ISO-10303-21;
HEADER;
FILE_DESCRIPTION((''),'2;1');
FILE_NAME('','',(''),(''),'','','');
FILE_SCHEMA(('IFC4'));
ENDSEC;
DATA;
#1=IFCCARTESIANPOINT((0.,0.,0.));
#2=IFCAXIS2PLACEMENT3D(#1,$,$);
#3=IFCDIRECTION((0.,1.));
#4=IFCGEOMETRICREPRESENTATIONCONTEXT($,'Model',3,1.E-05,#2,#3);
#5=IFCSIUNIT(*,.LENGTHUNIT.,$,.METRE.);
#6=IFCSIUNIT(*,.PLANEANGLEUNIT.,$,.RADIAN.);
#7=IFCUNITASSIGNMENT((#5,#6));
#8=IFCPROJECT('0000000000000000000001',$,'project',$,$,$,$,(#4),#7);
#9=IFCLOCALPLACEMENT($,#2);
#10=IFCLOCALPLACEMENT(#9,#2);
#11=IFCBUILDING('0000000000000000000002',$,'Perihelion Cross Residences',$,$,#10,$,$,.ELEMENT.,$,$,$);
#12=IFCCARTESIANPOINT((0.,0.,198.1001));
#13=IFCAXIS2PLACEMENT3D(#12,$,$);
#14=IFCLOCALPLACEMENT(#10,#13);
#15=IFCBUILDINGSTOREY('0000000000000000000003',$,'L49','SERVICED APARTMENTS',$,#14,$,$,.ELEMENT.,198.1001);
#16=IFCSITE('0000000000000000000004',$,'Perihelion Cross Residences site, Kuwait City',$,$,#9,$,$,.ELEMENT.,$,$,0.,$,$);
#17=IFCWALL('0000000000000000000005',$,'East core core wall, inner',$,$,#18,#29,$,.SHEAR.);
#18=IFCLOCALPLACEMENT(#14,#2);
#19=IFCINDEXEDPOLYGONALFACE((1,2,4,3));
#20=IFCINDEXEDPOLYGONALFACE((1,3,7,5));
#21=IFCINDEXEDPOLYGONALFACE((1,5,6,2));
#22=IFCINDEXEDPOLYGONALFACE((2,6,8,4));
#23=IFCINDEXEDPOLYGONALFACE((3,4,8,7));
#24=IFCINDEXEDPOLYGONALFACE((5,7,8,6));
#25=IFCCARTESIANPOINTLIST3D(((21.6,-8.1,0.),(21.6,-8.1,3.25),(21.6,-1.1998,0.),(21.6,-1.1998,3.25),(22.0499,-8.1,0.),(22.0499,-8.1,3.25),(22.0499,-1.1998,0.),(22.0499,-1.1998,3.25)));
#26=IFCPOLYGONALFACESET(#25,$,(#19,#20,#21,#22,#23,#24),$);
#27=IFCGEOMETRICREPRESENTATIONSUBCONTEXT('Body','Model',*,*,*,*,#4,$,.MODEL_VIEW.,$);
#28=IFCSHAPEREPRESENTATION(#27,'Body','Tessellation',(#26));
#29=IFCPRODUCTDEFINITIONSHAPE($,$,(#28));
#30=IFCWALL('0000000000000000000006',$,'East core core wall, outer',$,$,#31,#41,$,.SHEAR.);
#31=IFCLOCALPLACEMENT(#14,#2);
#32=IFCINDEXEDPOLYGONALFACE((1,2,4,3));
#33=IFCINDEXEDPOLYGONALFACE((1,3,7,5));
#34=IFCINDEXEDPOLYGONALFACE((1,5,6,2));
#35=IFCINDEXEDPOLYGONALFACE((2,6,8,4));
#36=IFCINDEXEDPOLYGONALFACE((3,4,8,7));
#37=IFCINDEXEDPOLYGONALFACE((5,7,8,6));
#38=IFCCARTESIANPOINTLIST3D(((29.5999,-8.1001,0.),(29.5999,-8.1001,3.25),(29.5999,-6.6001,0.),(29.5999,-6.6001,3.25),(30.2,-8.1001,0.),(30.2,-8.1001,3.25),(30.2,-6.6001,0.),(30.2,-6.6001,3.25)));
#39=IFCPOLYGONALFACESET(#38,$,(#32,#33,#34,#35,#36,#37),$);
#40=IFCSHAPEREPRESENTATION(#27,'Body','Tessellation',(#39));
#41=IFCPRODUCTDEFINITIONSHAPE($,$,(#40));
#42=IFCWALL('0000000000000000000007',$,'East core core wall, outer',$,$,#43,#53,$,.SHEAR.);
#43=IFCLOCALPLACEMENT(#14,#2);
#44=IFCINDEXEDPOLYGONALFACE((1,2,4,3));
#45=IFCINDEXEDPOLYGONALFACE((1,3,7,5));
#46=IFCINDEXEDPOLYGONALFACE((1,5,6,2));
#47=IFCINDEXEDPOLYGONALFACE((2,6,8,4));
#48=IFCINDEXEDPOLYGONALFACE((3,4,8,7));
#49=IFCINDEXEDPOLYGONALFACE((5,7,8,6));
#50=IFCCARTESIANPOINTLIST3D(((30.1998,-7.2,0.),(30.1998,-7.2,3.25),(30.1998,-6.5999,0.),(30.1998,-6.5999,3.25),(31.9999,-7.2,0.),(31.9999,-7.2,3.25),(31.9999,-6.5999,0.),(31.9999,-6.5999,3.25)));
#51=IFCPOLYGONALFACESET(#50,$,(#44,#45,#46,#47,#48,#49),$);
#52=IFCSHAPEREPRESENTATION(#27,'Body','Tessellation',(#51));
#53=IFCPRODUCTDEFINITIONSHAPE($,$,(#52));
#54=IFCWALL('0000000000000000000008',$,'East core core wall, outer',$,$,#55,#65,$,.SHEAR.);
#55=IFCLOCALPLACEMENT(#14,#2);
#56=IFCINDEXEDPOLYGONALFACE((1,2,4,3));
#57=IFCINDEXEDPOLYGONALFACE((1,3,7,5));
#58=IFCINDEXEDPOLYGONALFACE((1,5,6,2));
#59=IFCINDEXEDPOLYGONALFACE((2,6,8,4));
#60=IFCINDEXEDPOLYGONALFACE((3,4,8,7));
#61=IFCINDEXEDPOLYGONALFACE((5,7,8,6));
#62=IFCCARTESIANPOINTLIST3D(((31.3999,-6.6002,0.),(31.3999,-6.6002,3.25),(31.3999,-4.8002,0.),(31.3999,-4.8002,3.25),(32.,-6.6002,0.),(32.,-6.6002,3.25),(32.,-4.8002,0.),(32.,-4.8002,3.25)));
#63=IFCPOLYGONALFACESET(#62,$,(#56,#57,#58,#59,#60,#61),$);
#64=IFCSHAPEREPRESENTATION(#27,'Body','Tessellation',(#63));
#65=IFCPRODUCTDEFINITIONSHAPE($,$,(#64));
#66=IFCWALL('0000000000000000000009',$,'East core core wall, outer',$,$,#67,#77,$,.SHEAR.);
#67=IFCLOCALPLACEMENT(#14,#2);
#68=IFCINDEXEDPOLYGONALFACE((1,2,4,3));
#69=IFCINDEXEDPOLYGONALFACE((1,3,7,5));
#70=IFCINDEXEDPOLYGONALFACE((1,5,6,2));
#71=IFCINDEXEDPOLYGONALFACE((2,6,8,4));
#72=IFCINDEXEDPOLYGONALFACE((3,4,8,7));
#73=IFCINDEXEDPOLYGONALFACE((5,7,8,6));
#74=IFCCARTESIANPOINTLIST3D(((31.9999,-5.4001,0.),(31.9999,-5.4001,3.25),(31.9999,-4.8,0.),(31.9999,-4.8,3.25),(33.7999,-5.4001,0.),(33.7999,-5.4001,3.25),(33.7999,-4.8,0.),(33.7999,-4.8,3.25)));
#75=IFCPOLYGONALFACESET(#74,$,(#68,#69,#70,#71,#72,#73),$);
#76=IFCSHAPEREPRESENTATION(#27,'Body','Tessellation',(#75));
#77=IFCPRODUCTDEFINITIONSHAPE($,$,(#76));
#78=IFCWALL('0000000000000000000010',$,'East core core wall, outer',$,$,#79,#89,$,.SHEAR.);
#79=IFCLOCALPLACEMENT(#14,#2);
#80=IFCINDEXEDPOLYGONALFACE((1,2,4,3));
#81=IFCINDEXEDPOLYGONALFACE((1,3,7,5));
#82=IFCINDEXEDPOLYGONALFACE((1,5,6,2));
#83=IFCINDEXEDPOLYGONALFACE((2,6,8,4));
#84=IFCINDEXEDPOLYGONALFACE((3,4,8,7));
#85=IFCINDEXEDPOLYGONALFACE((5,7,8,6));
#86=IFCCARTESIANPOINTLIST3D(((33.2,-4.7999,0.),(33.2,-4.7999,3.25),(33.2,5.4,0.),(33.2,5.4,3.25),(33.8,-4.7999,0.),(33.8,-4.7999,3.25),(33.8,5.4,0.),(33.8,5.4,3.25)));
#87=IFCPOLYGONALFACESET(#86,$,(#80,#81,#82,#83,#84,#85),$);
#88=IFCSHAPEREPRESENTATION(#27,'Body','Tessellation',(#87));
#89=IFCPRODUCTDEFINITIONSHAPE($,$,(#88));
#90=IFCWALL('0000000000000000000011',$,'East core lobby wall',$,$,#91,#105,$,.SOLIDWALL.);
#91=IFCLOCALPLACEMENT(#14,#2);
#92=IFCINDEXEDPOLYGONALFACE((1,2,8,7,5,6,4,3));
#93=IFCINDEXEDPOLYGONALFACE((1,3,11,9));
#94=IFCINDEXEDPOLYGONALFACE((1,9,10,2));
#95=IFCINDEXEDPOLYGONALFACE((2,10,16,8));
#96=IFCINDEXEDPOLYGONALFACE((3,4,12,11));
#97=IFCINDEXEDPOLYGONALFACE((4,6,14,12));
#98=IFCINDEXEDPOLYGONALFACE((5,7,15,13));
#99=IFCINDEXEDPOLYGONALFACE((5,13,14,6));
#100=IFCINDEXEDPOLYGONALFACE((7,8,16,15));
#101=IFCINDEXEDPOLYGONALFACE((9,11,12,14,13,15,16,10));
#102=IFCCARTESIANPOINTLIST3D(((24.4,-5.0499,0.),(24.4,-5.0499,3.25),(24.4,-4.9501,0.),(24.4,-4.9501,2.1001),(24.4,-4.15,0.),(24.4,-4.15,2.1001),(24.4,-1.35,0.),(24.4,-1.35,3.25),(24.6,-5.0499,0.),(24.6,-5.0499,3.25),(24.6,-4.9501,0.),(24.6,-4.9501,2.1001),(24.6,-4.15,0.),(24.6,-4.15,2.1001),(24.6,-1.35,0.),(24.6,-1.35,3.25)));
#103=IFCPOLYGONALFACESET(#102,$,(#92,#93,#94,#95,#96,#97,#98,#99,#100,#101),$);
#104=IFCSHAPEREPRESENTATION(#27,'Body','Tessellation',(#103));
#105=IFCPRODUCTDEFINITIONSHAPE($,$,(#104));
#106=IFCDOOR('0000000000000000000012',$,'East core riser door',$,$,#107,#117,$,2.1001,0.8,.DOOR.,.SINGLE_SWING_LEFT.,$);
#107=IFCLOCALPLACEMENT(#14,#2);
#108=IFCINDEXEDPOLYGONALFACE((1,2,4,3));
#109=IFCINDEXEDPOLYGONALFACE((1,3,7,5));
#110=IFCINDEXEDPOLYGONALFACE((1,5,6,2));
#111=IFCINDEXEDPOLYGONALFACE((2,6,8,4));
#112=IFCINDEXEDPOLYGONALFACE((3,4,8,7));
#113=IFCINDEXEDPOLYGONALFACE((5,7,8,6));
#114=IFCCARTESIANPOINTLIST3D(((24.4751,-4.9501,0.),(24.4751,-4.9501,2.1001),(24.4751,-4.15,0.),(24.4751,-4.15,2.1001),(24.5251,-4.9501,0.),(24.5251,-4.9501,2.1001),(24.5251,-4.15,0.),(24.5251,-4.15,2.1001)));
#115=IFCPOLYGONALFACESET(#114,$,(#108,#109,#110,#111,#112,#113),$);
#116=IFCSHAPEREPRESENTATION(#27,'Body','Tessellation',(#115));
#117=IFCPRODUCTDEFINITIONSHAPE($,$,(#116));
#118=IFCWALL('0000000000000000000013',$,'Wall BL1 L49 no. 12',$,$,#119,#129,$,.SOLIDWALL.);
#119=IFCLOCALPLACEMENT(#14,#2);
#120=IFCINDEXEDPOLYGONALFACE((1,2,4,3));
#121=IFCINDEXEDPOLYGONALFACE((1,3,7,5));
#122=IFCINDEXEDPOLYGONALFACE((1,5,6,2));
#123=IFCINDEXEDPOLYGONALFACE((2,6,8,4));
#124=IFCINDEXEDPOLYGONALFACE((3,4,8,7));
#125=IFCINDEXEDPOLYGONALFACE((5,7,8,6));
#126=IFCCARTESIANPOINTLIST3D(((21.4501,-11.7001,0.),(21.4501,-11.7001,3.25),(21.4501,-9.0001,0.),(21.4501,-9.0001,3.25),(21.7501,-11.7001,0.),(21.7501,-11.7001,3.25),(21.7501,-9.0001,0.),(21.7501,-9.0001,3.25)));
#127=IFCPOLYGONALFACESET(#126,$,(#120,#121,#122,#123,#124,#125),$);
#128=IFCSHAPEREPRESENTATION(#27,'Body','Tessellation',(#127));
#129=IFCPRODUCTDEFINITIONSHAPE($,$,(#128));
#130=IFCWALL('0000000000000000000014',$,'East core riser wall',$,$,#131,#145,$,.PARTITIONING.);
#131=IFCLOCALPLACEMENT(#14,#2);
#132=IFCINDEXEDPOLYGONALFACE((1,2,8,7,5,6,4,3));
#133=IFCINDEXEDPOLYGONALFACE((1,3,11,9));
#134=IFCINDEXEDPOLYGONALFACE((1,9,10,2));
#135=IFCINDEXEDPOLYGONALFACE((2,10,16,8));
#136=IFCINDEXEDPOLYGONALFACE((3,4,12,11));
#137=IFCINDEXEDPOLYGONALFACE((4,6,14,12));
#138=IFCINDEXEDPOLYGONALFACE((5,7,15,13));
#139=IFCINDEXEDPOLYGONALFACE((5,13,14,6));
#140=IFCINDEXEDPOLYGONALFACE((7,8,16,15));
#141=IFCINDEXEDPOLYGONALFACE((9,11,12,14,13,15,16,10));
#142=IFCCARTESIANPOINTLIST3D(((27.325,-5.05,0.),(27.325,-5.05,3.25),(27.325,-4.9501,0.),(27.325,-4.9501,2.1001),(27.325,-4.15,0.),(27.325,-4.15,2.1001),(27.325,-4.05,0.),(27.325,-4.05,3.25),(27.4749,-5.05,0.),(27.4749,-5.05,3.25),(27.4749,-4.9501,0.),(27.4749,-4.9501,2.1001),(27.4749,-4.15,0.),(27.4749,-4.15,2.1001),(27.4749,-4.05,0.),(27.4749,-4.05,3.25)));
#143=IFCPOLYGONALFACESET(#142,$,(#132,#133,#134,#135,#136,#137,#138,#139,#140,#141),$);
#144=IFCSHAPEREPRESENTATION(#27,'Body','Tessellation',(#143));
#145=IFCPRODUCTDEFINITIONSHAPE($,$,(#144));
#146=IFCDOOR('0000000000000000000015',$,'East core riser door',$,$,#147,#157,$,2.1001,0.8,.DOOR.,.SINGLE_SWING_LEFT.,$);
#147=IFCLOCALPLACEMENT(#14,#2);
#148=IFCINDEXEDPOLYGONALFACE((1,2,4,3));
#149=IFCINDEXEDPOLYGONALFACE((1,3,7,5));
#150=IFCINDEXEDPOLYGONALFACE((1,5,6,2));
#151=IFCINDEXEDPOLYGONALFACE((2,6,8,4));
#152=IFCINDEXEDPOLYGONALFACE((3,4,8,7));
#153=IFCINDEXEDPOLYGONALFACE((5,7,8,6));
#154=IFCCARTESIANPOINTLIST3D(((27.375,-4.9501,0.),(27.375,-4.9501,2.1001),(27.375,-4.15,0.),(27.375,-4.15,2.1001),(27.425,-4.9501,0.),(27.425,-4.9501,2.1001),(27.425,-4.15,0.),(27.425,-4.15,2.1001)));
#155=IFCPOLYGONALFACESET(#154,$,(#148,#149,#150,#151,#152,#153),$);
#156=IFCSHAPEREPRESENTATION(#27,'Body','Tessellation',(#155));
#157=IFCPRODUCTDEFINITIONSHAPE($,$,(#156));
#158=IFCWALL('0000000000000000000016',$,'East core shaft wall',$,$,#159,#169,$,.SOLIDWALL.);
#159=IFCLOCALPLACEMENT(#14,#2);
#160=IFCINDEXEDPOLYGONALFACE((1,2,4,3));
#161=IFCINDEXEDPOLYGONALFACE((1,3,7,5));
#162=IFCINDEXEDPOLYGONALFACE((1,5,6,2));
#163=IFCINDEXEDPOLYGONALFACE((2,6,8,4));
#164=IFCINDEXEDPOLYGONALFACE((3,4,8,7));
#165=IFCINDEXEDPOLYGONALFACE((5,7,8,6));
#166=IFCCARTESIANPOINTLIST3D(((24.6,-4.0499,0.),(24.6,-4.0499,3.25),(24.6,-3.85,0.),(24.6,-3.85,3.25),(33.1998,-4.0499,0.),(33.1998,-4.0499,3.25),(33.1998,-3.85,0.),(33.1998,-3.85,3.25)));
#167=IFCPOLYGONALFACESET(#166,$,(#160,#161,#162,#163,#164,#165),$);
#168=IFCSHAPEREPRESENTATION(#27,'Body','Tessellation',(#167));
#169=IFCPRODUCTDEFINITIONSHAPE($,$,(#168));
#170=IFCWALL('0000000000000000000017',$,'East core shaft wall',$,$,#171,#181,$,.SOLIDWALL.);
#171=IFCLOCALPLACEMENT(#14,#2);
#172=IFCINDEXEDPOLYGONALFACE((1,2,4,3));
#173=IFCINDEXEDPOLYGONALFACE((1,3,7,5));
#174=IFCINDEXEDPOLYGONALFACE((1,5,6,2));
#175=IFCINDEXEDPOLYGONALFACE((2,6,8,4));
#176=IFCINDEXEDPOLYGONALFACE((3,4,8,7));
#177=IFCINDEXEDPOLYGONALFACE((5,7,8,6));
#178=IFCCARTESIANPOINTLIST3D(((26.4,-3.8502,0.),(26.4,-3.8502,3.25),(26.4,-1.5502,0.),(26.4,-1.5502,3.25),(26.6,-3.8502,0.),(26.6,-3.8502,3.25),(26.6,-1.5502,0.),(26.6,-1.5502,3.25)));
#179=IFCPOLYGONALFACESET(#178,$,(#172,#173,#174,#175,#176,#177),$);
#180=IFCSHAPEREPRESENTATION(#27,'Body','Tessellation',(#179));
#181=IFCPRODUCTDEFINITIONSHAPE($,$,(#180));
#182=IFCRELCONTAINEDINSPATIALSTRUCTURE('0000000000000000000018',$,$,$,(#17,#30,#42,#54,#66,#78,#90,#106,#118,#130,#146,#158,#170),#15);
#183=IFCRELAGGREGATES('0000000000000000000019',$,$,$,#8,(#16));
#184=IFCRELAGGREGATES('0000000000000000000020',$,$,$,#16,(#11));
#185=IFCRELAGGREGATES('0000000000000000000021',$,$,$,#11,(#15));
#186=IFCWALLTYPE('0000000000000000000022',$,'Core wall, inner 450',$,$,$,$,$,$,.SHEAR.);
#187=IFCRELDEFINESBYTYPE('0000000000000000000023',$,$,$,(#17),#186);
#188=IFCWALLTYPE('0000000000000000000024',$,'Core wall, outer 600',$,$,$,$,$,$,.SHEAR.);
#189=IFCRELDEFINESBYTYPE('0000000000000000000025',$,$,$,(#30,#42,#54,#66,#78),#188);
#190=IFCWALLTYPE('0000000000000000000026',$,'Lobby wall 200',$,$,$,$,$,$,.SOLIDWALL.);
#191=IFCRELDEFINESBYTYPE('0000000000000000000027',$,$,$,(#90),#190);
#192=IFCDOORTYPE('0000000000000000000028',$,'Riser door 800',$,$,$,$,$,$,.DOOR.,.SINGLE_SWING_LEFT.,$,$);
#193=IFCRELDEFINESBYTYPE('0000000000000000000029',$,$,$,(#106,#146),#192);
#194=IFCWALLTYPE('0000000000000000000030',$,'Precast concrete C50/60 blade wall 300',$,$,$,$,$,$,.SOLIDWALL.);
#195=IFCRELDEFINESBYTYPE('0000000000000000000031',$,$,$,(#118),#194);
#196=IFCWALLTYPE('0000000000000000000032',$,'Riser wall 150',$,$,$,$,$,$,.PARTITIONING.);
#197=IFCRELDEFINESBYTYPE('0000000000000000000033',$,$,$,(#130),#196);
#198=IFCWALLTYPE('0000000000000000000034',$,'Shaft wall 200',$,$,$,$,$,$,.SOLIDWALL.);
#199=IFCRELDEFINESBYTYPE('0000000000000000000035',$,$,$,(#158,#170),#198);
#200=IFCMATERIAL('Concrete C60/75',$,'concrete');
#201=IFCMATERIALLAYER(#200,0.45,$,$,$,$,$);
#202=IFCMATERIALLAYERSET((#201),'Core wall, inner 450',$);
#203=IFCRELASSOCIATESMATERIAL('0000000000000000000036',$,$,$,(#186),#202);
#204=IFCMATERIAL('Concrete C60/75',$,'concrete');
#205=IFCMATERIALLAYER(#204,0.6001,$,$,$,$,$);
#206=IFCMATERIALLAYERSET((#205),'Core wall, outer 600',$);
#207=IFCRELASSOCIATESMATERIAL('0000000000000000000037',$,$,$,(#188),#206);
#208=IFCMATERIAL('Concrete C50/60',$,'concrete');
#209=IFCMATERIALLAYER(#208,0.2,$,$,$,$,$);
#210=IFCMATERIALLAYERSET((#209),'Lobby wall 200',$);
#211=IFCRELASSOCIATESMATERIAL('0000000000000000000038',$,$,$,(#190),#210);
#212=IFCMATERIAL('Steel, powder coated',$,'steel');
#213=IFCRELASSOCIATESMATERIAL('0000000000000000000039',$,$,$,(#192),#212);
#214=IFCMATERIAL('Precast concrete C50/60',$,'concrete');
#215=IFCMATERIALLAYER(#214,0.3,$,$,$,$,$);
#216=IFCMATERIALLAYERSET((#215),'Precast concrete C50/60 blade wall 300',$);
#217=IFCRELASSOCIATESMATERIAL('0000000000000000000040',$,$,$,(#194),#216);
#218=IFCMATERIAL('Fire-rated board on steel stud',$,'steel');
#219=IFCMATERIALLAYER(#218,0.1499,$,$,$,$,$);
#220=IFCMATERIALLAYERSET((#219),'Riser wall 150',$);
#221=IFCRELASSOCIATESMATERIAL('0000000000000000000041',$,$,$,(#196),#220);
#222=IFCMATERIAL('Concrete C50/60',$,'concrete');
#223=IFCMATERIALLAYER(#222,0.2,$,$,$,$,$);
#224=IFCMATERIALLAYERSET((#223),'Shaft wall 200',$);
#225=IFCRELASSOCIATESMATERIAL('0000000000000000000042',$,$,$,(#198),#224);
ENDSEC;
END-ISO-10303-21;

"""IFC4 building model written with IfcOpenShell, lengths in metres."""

from ifc_helpers import new_model, si_unit, direction, frame, frame_2d, origin, place, context, subcontext, project, spatial, rectangle, extrude, material, layer, layer_set, type_object, element, fill, save


model = new_model("IFC4")

# Units and contexts
model_context = context("Model", 3, precision=1e-05, world=origin(), true_north=direction((0.0, 1.0)))
body_context = subcontext(model_context, "Body", "Model", "MODEL_VIEW")
ifc_project = project(units=[si_unit("LENGTHUNIT", "METRE"), si_unit("PLANEANGLEUNIT", "RADIAN")], contexts=[model_context])

# Site, building, storey
site_placement = place(None, origin())
site = spatial("IfcSite", under=ifc_project, at=site_placement, Name="Perihelion Cross Residences site, Kuwait City", CompositionType="ELEMENT", RefElevation=0.0)
building_placement = place(site_placement, origin())
building = spatial("IfcBuilding", under=site, at=building_placement, Name="Perihelion Cross Residences", CompositionType="ELEMENT")
storey_placement = place(building_placement, frame((0.0, 0.0, 198.1001)))
storey = spatial("IfcBuildingStorey", under=building, at=storey_placement, Name="L49", Description="SERVICED APARTMENTS", CompositionType="ELEMENT", Elevation=198.1001)

# Walls
ifc_material_1 = material(Name="Concrete C60/75", Category="concrete")
ifc_layer_1 = layer(ifc_material_1, 0.45)
ifc_layer_set_1 = layer_set([ifc_layer_1], Name="Core wall, inner 450")
wall_type_1 = type_object("IfcWallType", Name="Core wall, inner 450", PredefinedType="SHEAR", material=ifc_layer_set_1)
wall_1_placement = place(storey_placement, frame((21.825, -8.1001, 0.0), z_axis=(0.0, 0.0, 1.0), x_axis=(0.0, 1.0, 0.0)))
element("IfcWall", 1, at=wall_1_placement, inside=storey, type_object=wall_type_1, Name="East core core wall, inner", PredefinedType="SHEAR", context=body_context, shape_type="SweptSolid", body=[
    extrude(rectangle(XDim=6.9001, YDim=0.45, at=frame_2d((3.4502, 0.0))), origin(), (0.0, 0.0, 1.0), 3.25),
])
ifc_material_2 = material(Name="Concrete C60/75", Category="concrete")
ifc_layer_2 = layer(ifc_material_2, 0.6001)
ifc_layer_set_2 = layer_set([ifc_layer_2], Name="Core wall, outer 600")
wall_type_2 = type_object("IfcWallType", Name="Core wall, outer 600", PredefinedType="SHEAR", material=ifc_layer_set_2)
wall_2_placement = place(storey_placement, frame((29.8999, -8.1001, 0.0), z_axis=(0.0, 0.0, 1.0), x_axis=(0.0, 1.0, 0.0)))
element("IfcWall", 2, at=wall_2_placement, inside=storey, type_object=wall_type_2, Name="East core core wall, outer", PredefinedType="SHEAR", context=body_context, shape_type="SweptSolid", body=[
    extrude(rectangle(XDim=1.5, YDim=0.6001, at=frame_2d((0.75, 0.0))), origin(), (0.0, 0.0, 1.0), 3.25),
])
for number, where, z_axis, x_axis, name in (
    (3, (30.2, -6.8999, 0.0), (0.0, 0.0, 1.0), (1.0, 0.0, 0.0), "East core core wall, outer"),
    (4, (31.7, -6.6001, 0.0), (0.0, 0.0, 1.0), (0.0, 1.0, 0.0), "East core core wall, outer"),
    (5, (32.0, -5.1001, 0.0), (0.0, 0.0, 1.0), (1.0, 0.0, 0.0), "East core core wall, outer"),
):
    element("IfcWall", number, at=place(storey_placement, frame(where, z_axis=z_axis, x_axis=x_axis)), inside=storey, type_object=wall_type_2, Name=name, PredefinedType="SHEAR", context=body_context, shape_type="SweptSolid", body=[
        extrude(rectangle(XDim=1.8, YDim=0.6001, at=frame_2d((0.8999, 0.0))), origin(), (0.0, 0.0, 1.0), 3.25),
    ])
wall_3_placement = place(storey_placement, frame((33.5, -4.8, 0.0), z_axis=(0.0, 0.0, 1.0), x_axis=(0.0, 1.0, 0.0)))
element("IfcWall", 6, at=wall_3_placement, inside=storey, type_object=wall_type_2, Name="East core core wall, outer", PredefinedType="SHEAR", context=body_context, shape_type="SweptSolid", body=[
    extrude(rectangle(XDim=10.2, YDim=0.6001, at=frame_2d((5.1001, 0.0))), origin(), (0.0, 0.0, 1.0), 3.25),
])

# Wall, opening, door
ifc_material_3 = material(Name="Concrete C50/60", Category="concrete")
ifc_layer_3 = layer(ifc_material_3, 0.2)
ifc_layer_set_3 = layer_set([ifc_layer_3], Name="Lobby wall 200")
wall_type_3 = type_object("IfcWallType", Name="Lobby wall 200", PredefinedType="SOLIDWALL", material=ifc_layer_set_3)
wall_4_placement = place(storey_placement, frame((24.5, -5.05, 0.0), z_axis=(0.0, 0.0, 1.0), x_axis=(0.0, 1.0, 0.0)))
wall_4 = element("IfcWall", 7, at=wall_4_placement, inside=storey, type_object=wall_type_3, Name="East core lobby wall", PredefinedType="SOLIDWALL", context=body_context, shape_type="SweptSolid", body=[
    extrude(rectangle(XDim=3.7, YDim=0.2, at=frame_2d((1.8501, 0.0))), origin(), (0.0, 0.0, 1.0), 3.25),
])
opening_1_placement = place(wall_4_placement, frame((0.1001, 0.0, 0.0)))
opening_1 = element("IfcOpeningElement", 8, at=opening_1_placement, cuts=wall_4, PredefinedType="OPENING", context=body_context, shape_type="SweptSolid", body=[
    extrude(rectangle(XDim=0.8, YDim=2.1001, at=frame_2d((0.3999, 1.05))), frame((0.0, 0.1099, 0.0), z_axis=(0.0, -1.0, 0.0), x_axis=(1.0, 0.0, 0.0)), (0.0, 0.0, 1.0), 0.22),
])
ifc_material_4 = material(Name="Steel, powder coated", Category="steel")
door_type_1 = type_object("IfcDoorType", Name="Riser door 800", OperationType="SINGLE_SWING_LEFT", PredefinedType="DOOR", material=ifc_material_4)
door_1_placement = place(opening_1_placement, origin())
door_1 = element("IfcDoor", 9, at=door_1_placement, inside=storey, type_object=door_type_1, Name="East core riser door", OperationType="SINGLE_SWING_LEFT", OverallHeight=2.1001, OverallWidth=0.8, PredefinedType="DOOR", context=body_context, shape_type="SweptSolid", body=[
    extrude(rectangle(XDim=0.8, YDim=2.1001, at=frame_2d((0.3999, 1.05))), frame((0.0, 0.0249, 0.0), z_axis=(0.0, -1.0, 0.0), x_axis=(1.0, 0.0, 0.0)), (0.0, 0.0, 1.0), 0.05),
])
fill(opening_1, door_1)

# Wall
ifc_material_5 = material(Name="Precast concrete C50/60", Category="concrete")
ifc_layer_4 = layer(ifc_material_5, 0.3)
ifc_layer_set_4 = layer_set([ifc_layer_4], Name="Precast concrete C50/60 blade wall 300")
wall_type_4 = type_object("IfcWallType", Name="Precast concrete C50/60 blade wall 300", PredefinedType="SOLIDWALL", material=ifc_layer_set_4)
wall_5_placement = place(storey_placement, frame((21.6001, -9.0, 0.0), z_axis=(0.0, 0.0, 1.0), x_axis=(0.0, -1.0, 0.0)))
element("IfcWall", 10, at=wall_5_placement, inside=storey, type_object=wall_type_4, Name="Wall BL1 L49 no. 12", PredefinedType="SOLIDWALL", context=body_context, shape_type="SweptSolid", body=[
    extrude(rectangle(XDim=2.7, YDim=0.3, at=frame_2d((1.3501, 0.0))), origin(), (0.0, 0.0, 1.0), 3.25),
])

# Wall, opening, door
ifc_material_6 = material(Name="Fire-rated board on steel stud", Category="steel")
ifc_layer_5 = layer(ifc_material_6, 0.1499)
ifc_layer_set_5 = layer_set([ifc_layer_5], Name="Riser wall 150")
wall_type_5 = type_object("IfcWallType", Name="Riser wall 150", PredefinedType="PARTITIONING", material=ifc_layer_set_5)
wall_6_placement = place(storey_placement, frame((27.3999, -5.05, 0.0), z_axis=(0.0, 0.0, 1.0), x_axis=(0.0, 1.0, 0.0)))
wall_6 = element("IfcWall", 11, at=wall_6_placement, inside=storey, type_object=wall_type_5, Name="East core riser wall", PredefinedType="PARTITIONING", context=body_context, shape_type="SweptSolid", body=[
    extrude(rectangle(XDim=1.0, YDim=0.1499, at=frame_2d((0.5, 0.0))), origin(), (0.0, 0.0, 1.0), 3.25),
])
opening_2_placement = place(wall_6_placement, frame((0.1001, 0.0, 0.0)))
opening_2 = element("IfcOpeningElement", 12, at=opening_2_placement, cuts=wall_6, PredefinedType="OPENING", context=body_context, shape_type="SweptSolid", body=[
    extrude(rectangle(XDim=0.8, YDim=2.1001, at=frame_2d((0.3999, 1.05))), frame((0.0, 0.085, 0.0), z_axis=(0.0, -1.0, 0.0), x_axis=(1.0, 0.0, 0.0)), (0.0, 0.0, 1.0), 0.1699),
])
door_2_placement = place(opening_2_placement, origin())
door_2 = element("IfcDoor", 13, at=door_2_placement, inside=storey, type_object=door_type_1, Name="East core riser door", OperationType="SINGLE_SWING_LEFT", OverallHeight=2.1001, OverallWidth=0.8, PredefinedType="DOOR", context=body_context, shape_type="SweptSolid", body=[
    extrude(rectangle(XDim=0.8, YDim=2.1001, at=frame_2d((0.3999, 1.05))), frame((0.0, 0.0249, 0.0), z_axis=(0.0, -1.0, 0.0), x_axis=(1.0, 0.0, 0.0)), (0.0, 0.0, 1.0), 0.05),
])
fill(opening_2, door_2)

# Walls
ifc_material_7 = material(Name="Concrete C50/60", Category="concrete")
ifc_layer_6 = layer(ifc_material_7, 0.2)
ifc_layer_set_6 = layer_set([ifc_layer_6], Name="Shaft wall 200")
wall_type_6 = type_object("IfcWallType", Name="Shaft wall 200", PredefinedType="SOLIDWALL", material=ifc_layer_set_6)
wall_7_placement = place(storey_placement, frame((24.6001, -3.95, 0.0), z_axis=(0.0, 0.0, 1.0), x_axis=(1.0, 0.0, 0.0)))
element("IfcWall", 14, at=wall_7_placement, inside=storey, type_object=wall_type_6, Name="East core shaft wall", PredefinedType="SOLIDWALL", context=body_context, shape_type="SweptSolid", body=[
    extrude(rectangle(XDim=8.5999, YDim=0.2, at=frame_2d((4.2998, 0.0))), origin(), (0.0, 0.0, 1.0), 3.25),
])
for number, where, z_axis, x_axis, name in (
    (15, (26.5, -3.8501, 0.0), (0.0, 0.0, 1.0), (0.0, 1.0, 0.0), "East core shaft wall"),
):
    element("IfcWall", number, at=place(storey_placement, frame(where, z_axis=z_axis, x_axis=x_axis)), inside=storey, type_object=wall_type_6, Name=name, PredefinedType="SOLIDWALL", context=body_context, shape_type="SweptSolid", body=[
        extrude(rectangle(XDim=2.3, YDim=0.2, at=frame_2d((1.1499, 0.0))), origin(), (0.0, 0.0, 1.0), 3.25),
    ])

save(model, "model.ifc")
